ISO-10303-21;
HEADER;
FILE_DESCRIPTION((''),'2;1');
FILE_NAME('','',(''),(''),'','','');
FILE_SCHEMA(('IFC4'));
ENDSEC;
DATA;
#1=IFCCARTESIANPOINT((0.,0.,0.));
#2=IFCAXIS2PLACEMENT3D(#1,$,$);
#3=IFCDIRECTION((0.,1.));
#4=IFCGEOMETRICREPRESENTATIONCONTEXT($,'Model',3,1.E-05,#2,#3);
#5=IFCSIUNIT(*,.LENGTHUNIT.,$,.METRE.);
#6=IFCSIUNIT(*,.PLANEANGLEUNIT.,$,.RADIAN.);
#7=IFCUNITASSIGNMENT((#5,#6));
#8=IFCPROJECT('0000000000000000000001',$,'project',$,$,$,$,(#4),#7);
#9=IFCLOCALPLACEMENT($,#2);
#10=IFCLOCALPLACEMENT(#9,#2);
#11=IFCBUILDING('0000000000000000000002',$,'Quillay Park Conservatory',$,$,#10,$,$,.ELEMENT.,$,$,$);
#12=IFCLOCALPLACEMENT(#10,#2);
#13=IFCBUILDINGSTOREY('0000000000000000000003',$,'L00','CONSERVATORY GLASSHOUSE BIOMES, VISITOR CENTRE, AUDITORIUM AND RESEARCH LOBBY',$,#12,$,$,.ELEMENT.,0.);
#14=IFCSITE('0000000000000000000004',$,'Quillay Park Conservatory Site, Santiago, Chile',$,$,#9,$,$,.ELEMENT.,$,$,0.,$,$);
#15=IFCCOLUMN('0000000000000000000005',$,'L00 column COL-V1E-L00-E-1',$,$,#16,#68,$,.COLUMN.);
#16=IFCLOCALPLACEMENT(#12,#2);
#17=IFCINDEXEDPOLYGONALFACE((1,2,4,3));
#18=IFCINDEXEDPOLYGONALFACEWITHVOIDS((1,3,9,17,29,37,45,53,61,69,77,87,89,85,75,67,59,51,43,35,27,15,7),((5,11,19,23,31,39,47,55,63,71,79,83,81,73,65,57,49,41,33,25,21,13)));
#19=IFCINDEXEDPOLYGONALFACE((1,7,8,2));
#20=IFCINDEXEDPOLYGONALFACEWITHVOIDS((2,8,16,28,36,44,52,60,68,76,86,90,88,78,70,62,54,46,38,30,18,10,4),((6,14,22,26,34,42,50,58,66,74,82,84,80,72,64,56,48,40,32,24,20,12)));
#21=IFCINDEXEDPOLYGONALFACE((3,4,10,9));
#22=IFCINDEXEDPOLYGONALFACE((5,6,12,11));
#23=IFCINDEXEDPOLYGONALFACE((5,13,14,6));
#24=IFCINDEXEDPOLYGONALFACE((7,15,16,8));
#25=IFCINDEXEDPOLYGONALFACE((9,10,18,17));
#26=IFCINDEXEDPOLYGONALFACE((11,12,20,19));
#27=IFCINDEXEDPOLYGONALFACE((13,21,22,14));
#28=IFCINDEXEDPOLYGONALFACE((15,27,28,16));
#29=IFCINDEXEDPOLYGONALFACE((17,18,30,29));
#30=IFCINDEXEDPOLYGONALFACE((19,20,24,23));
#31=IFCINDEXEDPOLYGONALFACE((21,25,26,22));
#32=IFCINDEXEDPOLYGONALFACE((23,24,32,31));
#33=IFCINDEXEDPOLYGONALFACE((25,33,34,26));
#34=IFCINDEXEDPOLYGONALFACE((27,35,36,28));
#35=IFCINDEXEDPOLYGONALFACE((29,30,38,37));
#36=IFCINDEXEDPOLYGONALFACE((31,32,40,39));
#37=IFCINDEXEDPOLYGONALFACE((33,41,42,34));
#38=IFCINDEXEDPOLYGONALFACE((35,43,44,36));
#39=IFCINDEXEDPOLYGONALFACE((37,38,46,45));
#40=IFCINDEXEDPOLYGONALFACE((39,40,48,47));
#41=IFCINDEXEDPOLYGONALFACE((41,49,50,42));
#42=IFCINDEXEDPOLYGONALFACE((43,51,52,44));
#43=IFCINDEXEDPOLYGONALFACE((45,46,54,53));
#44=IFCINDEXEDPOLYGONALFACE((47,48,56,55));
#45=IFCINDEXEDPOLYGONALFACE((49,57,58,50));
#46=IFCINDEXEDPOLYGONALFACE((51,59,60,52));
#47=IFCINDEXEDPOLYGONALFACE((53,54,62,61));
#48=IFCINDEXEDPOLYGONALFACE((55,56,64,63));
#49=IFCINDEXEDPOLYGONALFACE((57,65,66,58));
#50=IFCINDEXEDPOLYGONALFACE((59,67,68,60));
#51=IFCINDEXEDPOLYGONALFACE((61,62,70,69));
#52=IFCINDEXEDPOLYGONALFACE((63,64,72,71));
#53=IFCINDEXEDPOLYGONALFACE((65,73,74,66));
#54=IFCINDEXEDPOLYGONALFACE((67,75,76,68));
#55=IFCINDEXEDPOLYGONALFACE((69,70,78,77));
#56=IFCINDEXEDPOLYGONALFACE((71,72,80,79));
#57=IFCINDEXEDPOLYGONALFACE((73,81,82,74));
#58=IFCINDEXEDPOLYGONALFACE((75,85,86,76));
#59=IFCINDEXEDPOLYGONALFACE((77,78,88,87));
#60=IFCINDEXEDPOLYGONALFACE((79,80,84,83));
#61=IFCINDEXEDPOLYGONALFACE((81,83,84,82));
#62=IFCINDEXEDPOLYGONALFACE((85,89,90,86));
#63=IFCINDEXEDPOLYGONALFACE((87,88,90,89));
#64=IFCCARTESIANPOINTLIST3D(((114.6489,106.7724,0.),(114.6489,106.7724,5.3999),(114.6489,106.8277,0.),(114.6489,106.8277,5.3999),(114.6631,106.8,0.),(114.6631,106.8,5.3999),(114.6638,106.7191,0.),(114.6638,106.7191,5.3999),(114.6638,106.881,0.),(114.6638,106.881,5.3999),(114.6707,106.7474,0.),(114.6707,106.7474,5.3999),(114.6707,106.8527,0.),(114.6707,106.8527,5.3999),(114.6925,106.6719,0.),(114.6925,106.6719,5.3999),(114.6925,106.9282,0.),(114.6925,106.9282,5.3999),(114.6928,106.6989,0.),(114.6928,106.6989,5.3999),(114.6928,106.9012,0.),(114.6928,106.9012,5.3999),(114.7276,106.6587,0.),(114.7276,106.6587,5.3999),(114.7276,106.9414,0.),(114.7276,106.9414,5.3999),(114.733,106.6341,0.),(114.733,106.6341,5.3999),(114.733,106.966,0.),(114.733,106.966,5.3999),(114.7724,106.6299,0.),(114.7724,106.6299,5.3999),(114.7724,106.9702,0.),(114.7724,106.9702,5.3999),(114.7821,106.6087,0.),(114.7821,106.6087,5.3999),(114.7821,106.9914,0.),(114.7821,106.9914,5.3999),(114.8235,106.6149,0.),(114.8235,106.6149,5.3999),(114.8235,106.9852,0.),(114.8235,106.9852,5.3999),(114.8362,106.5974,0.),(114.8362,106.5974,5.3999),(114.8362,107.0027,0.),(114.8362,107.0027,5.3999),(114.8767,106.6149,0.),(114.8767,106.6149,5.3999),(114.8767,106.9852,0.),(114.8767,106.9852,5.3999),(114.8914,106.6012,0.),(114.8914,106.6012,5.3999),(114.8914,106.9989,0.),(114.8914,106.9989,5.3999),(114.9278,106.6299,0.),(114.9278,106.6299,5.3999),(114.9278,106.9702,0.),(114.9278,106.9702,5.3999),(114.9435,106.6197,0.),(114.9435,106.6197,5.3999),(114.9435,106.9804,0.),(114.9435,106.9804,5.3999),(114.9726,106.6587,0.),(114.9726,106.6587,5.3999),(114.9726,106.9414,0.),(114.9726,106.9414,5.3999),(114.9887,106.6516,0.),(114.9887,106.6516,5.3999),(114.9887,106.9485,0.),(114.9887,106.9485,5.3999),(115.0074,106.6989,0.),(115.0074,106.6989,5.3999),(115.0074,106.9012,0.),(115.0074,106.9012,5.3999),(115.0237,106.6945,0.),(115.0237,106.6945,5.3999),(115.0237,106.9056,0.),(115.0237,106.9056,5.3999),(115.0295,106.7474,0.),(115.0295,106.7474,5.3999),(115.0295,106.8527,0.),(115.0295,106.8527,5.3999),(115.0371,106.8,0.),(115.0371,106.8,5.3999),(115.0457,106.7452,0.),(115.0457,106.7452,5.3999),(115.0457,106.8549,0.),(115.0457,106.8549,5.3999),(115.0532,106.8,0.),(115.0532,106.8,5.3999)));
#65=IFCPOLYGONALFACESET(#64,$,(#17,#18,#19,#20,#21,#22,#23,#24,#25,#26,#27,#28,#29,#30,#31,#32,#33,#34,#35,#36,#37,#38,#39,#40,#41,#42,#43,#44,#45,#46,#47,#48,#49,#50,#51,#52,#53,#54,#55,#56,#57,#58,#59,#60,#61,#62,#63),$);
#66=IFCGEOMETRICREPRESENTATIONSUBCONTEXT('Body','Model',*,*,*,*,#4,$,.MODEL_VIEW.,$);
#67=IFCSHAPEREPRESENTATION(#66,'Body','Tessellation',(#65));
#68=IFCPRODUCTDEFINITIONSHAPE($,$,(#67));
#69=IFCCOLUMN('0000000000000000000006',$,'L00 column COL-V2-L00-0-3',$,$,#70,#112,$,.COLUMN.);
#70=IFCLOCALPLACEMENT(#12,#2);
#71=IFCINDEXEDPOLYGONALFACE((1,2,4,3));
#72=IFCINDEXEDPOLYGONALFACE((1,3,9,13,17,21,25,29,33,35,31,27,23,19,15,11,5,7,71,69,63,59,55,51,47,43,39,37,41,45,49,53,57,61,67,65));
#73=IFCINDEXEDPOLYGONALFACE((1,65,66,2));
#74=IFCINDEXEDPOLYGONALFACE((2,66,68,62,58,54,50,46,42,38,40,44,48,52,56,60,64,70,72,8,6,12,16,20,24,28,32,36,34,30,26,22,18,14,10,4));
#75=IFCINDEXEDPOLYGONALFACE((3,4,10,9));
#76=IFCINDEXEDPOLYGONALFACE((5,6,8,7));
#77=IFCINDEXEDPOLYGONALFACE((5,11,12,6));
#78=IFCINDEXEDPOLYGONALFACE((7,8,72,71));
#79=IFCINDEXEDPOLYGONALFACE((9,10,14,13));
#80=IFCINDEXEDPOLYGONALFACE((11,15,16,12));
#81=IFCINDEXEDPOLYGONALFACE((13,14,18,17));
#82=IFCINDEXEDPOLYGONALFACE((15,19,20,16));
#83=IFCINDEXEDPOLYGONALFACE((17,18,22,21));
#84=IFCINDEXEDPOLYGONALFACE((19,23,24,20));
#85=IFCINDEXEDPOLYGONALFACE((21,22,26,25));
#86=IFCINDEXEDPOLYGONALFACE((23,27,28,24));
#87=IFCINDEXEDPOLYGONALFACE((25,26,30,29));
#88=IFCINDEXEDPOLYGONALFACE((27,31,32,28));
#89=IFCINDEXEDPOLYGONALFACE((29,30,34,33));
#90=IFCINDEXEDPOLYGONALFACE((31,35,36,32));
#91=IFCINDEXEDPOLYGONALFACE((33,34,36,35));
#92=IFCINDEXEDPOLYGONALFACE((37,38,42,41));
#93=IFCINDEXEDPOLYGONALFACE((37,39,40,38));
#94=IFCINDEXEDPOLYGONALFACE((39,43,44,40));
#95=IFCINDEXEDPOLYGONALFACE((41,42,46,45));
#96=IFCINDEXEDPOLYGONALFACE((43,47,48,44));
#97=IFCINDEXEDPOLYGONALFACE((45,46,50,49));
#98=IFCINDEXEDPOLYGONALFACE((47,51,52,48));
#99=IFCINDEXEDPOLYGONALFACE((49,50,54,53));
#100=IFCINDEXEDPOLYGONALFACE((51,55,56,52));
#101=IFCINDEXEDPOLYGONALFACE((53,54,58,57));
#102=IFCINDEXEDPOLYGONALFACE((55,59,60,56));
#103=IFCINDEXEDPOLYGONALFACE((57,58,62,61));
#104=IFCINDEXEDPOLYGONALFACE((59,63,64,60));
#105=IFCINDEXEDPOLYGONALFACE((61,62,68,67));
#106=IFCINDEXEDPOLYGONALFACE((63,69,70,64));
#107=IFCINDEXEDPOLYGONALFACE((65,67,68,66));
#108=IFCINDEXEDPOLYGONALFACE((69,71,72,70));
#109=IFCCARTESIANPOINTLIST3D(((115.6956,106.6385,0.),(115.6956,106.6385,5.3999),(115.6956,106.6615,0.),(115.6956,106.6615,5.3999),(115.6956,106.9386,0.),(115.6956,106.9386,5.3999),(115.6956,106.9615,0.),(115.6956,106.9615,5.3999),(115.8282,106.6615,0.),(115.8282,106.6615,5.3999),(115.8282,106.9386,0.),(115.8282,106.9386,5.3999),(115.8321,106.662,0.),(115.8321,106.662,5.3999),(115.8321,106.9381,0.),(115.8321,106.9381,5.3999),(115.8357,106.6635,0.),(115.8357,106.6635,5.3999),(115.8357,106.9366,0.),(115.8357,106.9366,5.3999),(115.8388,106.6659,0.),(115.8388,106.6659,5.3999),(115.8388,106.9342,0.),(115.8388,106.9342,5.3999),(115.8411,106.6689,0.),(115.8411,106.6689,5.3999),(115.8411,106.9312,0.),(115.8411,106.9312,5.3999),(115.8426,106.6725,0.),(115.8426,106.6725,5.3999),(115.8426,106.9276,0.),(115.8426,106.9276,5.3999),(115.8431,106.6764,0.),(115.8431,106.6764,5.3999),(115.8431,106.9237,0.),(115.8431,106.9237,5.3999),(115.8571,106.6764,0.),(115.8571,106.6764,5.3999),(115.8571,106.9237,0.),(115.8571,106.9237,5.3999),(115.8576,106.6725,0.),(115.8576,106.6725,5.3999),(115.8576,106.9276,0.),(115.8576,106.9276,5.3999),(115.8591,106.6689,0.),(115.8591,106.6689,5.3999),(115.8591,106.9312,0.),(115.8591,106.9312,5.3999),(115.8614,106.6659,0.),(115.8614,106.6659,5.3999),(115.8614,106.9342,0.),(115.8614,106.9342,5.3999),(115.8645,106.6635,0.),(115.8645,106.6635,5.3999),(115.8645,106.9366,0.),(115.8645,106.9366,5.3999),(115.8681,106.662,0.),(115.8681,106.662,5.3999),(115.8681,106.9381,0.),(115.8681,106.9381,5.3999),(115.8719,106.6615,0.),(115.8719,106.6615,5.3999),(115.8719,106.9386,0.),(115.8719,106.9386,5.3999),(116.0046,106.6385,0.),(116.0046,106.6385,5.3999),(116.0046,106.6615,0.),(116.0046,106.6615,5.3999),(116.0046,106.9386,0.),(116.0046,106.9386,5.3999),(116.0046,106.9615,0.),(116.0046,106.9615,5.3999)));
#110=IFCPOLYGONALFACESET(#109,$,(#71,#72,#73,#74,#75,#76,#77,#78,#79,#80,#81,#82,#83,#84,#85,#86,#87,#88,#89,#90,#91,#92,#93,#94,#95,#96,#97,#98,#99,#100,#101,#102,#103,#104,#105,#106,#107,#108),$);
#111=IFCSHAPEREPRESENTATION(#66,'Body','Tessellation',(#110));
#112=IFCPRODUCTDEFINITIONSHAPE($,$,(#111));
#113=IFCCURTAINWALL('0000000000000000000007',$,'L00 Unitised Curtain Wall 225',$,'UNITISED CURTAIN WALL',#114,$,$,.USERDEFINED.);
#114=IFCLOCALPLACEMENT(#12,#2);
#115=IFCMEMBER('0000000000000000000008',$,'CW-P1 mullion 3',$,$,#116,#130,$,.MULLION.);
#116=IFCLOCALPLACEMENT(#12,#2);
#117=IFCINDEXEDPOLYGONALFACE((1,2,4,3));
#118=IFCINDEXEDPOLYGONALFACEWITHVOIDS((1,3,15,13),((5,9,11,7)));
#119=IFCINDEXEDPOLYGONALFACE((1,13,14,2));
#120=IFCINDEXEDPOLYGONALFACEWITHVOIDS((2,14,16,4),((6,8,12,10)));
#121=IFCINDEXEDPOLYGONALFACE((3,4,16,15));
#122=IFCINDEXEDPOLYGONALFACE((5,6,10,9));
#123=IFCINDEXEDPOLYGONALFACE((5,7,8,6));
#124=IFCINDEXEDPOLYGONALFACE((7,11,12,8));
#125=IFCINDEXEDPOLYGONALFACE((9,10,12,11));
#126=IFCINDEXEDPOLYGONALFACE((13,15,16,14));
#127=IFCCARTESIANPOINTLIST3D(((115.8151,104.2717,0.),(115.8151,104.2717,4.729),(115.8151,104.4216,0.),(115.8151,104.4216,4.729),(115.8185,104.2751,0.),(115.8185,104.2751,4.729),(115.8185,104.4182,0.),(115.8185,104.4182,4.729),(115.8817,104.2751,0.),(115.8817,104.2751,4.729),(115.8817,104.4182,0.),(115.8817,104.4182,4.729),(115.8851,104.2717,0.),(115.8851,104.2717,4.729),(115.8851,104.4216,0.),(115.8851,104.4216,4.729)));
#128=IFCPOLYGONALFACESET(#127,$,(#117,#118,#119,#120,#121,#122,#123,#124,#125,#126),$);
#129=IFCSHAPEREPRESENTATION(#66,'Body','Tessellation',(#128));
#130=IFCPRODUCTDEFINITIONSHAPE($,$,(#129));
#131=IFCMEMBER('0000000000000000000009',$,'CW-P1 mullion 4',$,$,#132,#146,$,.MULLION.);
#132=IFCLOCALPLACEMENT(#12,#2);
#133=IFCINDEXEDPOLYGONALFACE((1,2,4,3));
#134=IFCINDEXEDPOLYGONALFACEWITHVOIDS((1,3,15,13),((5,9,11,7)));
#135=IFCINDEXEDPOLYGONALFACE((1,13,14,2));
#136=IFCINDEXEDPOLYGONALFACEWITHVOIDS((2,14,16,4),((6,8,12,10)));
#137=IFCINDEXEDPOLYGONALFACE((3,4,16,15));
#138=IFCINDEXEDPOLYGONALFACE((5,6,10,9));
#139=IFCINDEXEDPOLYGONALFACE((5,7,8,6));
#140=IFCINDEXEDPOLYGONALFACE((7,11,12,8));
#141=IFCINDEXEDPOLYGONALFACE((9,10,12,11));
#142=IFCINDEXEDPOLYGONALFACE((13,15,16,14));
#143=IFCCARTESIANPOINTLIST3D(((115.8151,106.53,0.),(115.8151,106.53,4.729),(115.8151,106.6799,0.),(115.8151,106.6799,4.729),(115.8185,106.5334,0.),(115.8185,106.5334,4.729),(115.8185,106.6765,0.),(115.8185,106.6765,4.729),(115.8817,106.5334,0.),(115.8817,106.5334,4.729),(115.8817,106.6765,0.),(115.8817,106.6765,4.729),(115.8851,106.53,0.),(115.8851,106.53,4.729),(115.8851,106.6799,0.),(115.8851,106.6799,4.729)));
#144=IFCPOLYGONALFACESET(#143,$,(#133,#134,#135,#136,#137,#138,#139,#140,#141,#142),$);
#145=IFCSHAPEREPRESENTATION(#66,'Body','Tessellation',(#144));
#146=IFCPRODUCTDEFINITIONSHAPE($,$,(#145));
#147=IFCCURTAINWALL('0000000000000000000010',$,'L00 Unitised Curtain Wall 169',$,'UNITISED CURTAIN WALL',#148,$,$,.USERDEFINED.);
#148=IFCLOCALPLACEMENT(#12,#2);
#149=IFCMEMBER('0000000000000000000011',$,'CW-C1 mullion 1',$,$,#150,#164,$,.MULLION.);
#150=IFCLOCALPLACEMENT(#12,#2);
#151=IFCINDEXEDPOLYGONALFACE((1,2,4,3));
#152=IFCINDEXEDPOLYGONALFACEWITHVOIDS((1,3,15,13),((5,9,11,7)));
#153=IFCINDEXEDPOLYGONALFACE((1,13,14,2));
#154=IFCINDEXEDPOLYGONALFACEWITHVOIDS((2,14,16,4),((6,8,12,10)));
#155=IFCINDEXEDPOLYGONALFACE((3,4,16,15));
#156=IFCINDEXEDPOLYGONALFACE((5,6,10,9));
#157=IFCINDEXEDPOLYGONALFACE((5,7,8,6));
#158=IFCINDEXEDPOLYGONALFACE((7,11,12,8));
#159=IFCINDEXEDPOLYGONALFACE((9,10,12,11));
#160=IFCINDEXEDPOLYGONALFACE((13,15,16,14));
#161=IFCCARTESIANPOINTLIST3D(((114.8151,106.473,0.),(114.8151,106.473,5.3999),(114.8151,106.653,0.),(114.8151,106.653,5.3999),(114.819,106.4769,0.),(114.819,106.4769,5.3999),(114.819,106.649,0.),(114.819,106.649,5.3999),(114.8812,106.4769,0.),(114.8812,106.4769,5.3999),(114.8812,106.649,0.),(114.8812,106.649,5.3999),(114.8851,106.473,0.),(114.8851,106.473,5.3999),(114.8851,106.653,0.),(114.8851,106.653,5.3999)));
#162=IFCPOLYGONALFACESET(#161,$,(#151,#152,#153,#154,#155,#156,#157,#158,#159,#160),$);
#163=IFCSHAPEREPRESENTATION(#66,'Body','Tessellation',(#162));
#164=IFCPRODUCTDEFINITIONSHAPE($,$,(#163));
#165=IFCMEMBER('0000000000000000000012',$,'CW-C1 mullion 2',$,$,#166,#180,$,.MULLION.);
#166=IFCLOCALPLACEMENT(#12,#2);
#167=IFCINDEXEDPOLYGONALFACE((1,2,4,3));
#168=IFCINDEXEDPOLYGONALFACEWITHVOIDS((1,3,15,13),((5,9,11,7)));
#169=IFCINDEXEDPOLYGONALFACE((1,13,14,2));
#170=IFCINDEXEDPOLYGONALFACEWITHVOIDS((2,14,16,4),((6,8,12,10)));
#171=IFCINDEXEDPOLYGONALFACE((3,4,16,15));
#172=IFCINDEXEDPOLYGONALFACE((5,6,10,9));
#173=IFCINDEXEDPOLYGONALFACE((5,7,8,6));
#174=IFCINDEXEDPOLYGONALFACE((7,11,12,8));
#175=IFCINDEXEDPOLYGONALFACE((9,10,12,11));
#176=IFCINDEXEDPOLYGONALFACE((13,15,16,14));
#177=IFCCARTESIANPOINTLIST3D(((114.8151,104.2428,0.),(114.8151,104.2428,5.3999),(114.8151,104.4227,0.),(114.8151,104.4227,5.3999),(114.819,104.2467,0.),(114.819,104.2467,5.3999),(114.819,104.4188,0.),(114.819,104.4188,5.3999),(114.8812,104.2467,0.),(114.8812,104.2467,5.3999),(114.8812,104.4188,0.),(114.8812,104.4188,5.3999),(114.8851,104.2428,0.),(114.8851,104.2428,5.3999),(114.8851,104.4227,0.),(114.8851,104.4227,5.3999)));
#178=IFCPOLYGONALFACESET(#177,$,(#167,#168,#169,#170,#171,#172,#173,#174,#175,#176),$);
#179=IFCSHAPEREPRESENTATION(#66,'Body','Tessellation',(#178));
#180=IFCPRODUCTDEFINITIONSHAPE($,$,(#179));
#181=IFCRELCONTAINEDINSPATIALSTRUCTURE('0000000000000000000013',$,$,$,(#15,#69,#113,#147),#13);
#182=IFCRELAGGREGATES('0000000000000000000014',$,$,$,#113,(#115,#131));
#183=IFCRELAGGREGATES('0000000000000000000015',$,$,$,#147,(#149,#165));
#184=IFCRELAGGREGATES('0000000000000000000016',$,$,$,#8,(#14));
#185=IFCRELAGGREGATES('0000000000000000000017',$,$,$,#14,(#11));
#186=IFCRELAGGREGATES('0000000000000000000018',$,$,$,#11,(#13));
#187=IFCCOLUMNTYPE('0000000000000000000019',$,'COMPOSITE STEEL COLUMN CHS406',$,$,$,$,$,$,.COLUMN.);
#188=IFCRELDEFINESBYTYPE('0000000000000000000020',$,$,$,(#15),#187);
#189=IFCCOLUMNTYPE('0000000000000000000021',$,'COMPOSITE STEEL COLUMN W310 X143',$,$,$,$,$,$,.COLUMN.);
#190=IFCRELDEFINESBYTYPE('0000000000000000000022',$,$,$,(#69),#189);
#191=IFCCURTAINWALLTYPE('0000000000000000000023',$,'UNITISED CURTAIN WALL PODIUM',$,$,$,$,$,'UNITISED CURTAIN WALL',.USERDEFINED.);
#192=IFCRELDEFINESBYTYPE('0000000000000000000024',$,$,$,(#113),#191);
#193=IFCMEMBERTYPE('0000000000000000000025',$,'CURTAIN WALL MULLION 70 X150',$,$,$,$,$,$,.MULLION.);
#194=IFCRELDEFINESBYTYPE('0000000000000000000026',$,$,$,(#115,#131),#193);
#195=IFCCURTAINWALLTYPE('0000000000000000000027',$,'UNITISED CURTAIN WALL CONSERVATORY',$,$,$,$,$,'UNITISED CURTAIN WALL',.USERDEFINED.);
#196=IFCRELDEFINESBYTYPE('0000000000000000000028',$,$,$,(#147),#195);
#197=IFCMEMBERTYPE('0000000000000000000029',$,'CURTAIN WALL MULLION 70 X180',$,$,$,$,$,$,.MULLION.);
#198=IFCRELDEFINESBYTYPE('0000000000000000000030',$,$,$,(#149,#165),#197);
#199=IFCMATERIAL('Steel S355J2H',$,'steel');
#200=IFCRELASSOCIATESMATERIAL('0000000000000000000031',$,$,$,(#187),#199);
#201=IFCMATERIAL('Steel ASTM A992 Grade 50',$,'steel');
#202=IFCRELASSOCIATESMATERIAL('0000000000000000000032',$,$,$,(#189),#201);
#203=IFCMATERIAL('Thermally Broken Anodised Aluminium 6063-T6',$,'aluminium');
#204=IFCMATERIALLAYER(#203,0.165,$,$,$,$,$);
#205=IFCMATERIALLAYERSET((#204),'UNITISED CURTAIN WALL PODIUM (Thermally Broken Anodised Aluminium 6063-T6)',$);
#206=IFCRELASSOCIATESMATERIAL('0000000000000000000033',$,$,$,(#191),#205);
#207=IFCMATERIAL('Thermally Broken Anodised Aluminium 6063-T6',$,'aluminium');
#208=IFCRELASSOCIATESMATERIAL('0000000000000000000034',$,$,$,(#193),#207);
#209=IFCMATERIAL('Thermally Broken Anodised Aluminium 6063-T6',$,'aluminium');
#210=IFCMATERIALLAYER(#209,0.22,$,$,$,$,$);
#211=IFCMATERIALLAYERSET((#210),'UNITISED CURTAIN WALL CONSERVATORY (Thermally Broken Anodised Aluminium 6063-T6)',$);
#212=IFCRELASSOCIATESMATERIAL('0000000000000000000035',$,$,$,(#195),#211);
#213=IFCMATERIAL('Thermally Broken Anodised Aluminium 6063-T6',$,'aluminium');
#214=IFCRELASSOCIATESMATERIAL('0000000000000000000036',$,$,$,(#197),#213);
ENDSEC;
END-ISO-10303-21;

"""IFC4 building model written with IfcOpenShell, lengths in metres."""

from ifc_helpers import new_model, si_unit, direction, frame, origin, origin_2d, place, context, subcontext, project, spatial, hollow_rectangle, hollow_circle, i_section, extrude, material, layer, layer_set, material_profile, profile_set, type_object, element, aggregate, save


model = new_model("IFC4")

# Units and contexts
model_context = context("Model", 3, precision=1e-05, world=origin(), true_north=direction((0.0, 1.0)))
body_context = subcontext(model_context, "Body", "Model", "MODEL_VIEW")
ifc_project = project(units=[si_unit("LENGTHUNIT", "METRE"), si_unit("PLANEANGLEUNIT", "RADIAN")], contexts=[model_context])

# Site, building, storey
site_placement = place(None, origin())
site = spatial("IfcSite", under=ifc_project, at=site_placement, Name="Quillay Park Conservatory Site, Santiago, Chile", CompositionType="ELEMENT", RefElevation=0.0)
building_placement = place(site_placement, origin())
building = spatial("IfcBuilding", under=site, at=building_placement, Name="Quillay Park Conservatory", CompositionType="ELEMENT")
storey_placement = place(building_placement, origin())
storey = spatial("IfcBuildingStorey", under=building, at=storey_placement, Name="L00", Description="CONSERVATORY GLASSHOUSE BIOMES, VISITOR CENTRE, AUDITORIUM AND RESEARCH LOBBY", CompositionType="ELEMENT", Elevation=0.0)

# Columns
ifc_material_1 = material(Name="Steel S355J2H", Category="steel")
ifc_material_profile_1 = material_profile(ifc_material_1, hollow_circle(Radius=0.2031, WallThickness=0.0161, at=origin_2d()), Name="CHS406.4x16")
ifc_profile_set_1 = profile_set([ifc_material_profile_1], Name="Steel S355J2H")
column_type_1 = type_object("IfcColumnType", Name="COMPOSITE STEEL COLUMN CHS406", PredefinedType="COLUMN", material=ifc_profile_set_1)
column_1_placement = place(storey_placement, frame((114.8501, 106.8, 0.0), z_axis=(0.0, 0.0, 1.0), x_axis=(1.0, 0.0, 0.0)))
element("IfcColumn", 1, at=column_1_placement, inside=storey, type_object=column_type_1, Name="L00 column COL-V1E-L00-E-1", PredefinedType="COLUMN", context=body_context, shape_type="SweptSolid", body=[
    extrude(hollow_circle(Radius=0.2031, WallThickness=0.0161, at=origin_2d()), origin(), (0.0, 0.0, 1.0), 5.3999),
])
ifc_material_2 = material(Name="Steel ASTM A992 Grade 50", Category="steel")
ifc_material_profile_2 = material_profile(ifc_material_2, i_section(OverallWidth=0.3091, OverallDepth=0.323, WebThickness=0.0139, FlangeThickness=0.0229, FilletRadius=0.0149, at=origin_2d()), Name="W310x143")
ifc_profile_set_2 = profile_set([ifc_material_profile_2], Name="Steel ASTM A992 Grade 50")
column_type_2 = type_object("IfcColumnType", Name="COMPOSITE STEEL COLUMN W310 X143", PredefinedType="COLUMN", material=ifc_profile_set_2)
column_2_placement = place(storey_placement, frame((115.8501, 106.8, 0.0), z_axis=(0.0, 0.0, 1.0), x_axis=(1.0, 0.0, 0.0)))
element("IfcColumn", 2, at=column_2_placement, inside=storey, type_object=column_type_2, Name="L00 column COL-V2-L00-0-3", PredefinedType="COLUMN", context=body_context, shape_type="SweptSolid", body=[
    extrude(i_section(OverallWidth=0.3091, OverallDepth=0.323, WebThickness=0.0139, FlangeThickness=0.0229, FilletRadius=0.0149, at=origin_2d()), origin(), (0.0, 0.0, 1.0), 5.3999),
])

# Curtain walls, members
ifc_material_3 = material(Name="Thermally Broken Anodised Aluminium 6063-T6", Category="aluminium")
ifc_layer_1 = layer(ifc_material_3, 0.165)
ifc_layer_set_1 = layer_set([ifc_layer_1], Name="UNITISED CURTAIN WALL PODIUM (Thermally Broken Anodised Aluminium 6063-T6)")
curtain_wall_type_1 = type_object("IfcCurtainWallType", Name="UNITISED CURTAIN WALL PODIUM", ElementType="UNITISED CURTAIN WALL", PredefinedType="USERDEFINED", material=ifc_layer_set_1)
curtain_wall_1_placement = place(storey_placement, origin())
curtain_wall_1 = element("IfcCurtainWall", 3, at=curtain_wall_1_placement, inside=storey, type_object=curtain_wall_type_1, Name="L00 Unitised Curtain Wall 225", ObjectType="UNITISED CURTAIN WALL", PredefinedType="USERDEFINED")
ifc_material_4 = material(Name="Thermally Broken Anodised Aluminium 6063-T6", Category="aluminium")
ifc_material_profile_3 = material_profile(ifc_material_4, hollow_rectangle(XDim=0.0701, YDim=0.1499, WallThickness=0.0034, at=origin_2d()), Name="AL70x150x3.5")
ifc_profile_set_3 = profile_set([ifc_material_profile_3], Name="Thermally Broken Anodised Aluminium 6063-T6")
member_type_1 = type_object("IfcMemberType", Name="CURTAIN WALL MULLION 70 X150", PredefinedType="MULLION", material=ifc_profile_set_3)
member_1_placement = place(storey_placement, frame((115.8501, 104.3467, 0.0), z_axis=(0.0, 0.0, 1.0), x_axis=(-1.0, 0.0, 0.0)))
member_1 = element("IfcMember", 4, at=member_1_placement, type_object=member_type_1, Name="CW-P1 mullion 3", PredefinedType="MULLION", context=body_context, shape_type="SweptSolid", body=[
    extrude(hollow_rectangle(XDim=0.0701, YDim=0.1499, WallThickness=0.0034, at=origin_2d()), origin(), (0.0, 0.0, 1.0), 4.729),
])
member_2_placement = place(storey_placement, frame((115.8501, 106.605, 0.0), z_axis=(0.0, 0.0, 1.0), x_axis=(-1.0, 0.0, 0.0)))
member_2 = element("IfcMember", 5, at=member_2_placement, type_object=member_type_1, Name="CW-P1 mullion 4", PredefinedType="MULLION", context=body_context, shape_type="SweptSolid", body=[
    extrude(hollow_rectangle(XDim=0.0701, YDim=0.1499, WallThickness=0.0034, at=origin_2d()), origin(), (0.0, 0.0, 1.0), 4.729),
])
aggregate(curtain_wall_1, [member_1, member_2])
ifc_material_5 = material(Name="Thermally Broken Anodised Aluminium 6063-T6", Category="aluminium")
ifc_layer_2 = layer(ifc_material_5, 0.22)
ifc_layer_set_2 = layer_set([ifc_layer_2], Name="UNITISED CURTAIN WALL CONSERVATORY (Thermally Broken Anodised Aluminium 6063-T6)")
curtain_wall_type_2 = type_object("IfcCurtainWallType", Name="UNITISED CURTAIN WALL CONSERVATORY", ElementType="UNITISED CURTAIN WALL", PredefinedType="USERDEFINED", material=ifc_layer_set_2)
curtain_wall_2_placement = place(storey_placement, origin())
curtain_wall_2 = element("IfcCurtainWall", 6, at=curtain_wall_2_placement, inside=storey, type_object=curtain_wall_type_2, Name="L00 Unitised Curtain Wall 169", ObjectType="UNITISED CURTAIN WALL", PredefinedType="USERDEFINED")
ifc_material_6 = material(Name="Thermally Broken Anodised Aluminium 6063-T6", Category="aluminium")
ifc_material_profile_4 = material_profile(ifc_material_6, hollow_rectangle(XDim=0.0701, YDim=0.1799, WallThickness=0.0039, at=origin_2d()), Name="AL70x180x4")
ifc_profile_set_4 = profile_set([ifc_material_profile_4], Name="Thermally Broken Anodised Aluminium 6063-T6")
member_type_2 = type_object("IfcMemberType", Name="CURTAIN WALL MULLION 70 X180", PredefinedType="MULLION", material=ifc_profile_set_4)
member_3_placement = place(storey_placement, frame((114.8501, 106.563, 0.0), z_axis=(0.0, 0.0, 1.0), x_axis=(1.0, 0.0, 0.0)))
member_3 = element("IfcMember", 7, at=member_3_placement, type_object=member_type_2, Name="CW-C1 mullion 1", PredefinedType="MULLION", context=body_context, shape_type="SweptSolid", body=[
    extrude(hollow_rectangle(XDim=0.0701, YDim=0.1799, WallThickness=0.0039, at=origin_2d()), origin(), (0.0, 0.0, 1.0), 5.3999),
])
member_4_placement = place(storey_placement, frame((114.8501, 104.3328, 0.0), z_axis=(0.0, 0.0, 1.0), x_axis=(1.0, 0.0, 0.0)))
member_4 = element("IfcMember", 8, at=member_4_placement, type_object=member_type_2, Name="CW-C1 mullion 2", PredefinedType="MULLION", context=body_context, shape_type="SweptSolid", body=[
    extrude(hollow_rectangle(XDim=0.0701, YDim=0.1799, WallThickness=0.0039, at=origin_2d()), origin(), (0.0, 0.0, 1.0), 5.3999),
])

aggregate(curtain_wall_2, [member_3, member_4])

save(model, "model.ifc")
